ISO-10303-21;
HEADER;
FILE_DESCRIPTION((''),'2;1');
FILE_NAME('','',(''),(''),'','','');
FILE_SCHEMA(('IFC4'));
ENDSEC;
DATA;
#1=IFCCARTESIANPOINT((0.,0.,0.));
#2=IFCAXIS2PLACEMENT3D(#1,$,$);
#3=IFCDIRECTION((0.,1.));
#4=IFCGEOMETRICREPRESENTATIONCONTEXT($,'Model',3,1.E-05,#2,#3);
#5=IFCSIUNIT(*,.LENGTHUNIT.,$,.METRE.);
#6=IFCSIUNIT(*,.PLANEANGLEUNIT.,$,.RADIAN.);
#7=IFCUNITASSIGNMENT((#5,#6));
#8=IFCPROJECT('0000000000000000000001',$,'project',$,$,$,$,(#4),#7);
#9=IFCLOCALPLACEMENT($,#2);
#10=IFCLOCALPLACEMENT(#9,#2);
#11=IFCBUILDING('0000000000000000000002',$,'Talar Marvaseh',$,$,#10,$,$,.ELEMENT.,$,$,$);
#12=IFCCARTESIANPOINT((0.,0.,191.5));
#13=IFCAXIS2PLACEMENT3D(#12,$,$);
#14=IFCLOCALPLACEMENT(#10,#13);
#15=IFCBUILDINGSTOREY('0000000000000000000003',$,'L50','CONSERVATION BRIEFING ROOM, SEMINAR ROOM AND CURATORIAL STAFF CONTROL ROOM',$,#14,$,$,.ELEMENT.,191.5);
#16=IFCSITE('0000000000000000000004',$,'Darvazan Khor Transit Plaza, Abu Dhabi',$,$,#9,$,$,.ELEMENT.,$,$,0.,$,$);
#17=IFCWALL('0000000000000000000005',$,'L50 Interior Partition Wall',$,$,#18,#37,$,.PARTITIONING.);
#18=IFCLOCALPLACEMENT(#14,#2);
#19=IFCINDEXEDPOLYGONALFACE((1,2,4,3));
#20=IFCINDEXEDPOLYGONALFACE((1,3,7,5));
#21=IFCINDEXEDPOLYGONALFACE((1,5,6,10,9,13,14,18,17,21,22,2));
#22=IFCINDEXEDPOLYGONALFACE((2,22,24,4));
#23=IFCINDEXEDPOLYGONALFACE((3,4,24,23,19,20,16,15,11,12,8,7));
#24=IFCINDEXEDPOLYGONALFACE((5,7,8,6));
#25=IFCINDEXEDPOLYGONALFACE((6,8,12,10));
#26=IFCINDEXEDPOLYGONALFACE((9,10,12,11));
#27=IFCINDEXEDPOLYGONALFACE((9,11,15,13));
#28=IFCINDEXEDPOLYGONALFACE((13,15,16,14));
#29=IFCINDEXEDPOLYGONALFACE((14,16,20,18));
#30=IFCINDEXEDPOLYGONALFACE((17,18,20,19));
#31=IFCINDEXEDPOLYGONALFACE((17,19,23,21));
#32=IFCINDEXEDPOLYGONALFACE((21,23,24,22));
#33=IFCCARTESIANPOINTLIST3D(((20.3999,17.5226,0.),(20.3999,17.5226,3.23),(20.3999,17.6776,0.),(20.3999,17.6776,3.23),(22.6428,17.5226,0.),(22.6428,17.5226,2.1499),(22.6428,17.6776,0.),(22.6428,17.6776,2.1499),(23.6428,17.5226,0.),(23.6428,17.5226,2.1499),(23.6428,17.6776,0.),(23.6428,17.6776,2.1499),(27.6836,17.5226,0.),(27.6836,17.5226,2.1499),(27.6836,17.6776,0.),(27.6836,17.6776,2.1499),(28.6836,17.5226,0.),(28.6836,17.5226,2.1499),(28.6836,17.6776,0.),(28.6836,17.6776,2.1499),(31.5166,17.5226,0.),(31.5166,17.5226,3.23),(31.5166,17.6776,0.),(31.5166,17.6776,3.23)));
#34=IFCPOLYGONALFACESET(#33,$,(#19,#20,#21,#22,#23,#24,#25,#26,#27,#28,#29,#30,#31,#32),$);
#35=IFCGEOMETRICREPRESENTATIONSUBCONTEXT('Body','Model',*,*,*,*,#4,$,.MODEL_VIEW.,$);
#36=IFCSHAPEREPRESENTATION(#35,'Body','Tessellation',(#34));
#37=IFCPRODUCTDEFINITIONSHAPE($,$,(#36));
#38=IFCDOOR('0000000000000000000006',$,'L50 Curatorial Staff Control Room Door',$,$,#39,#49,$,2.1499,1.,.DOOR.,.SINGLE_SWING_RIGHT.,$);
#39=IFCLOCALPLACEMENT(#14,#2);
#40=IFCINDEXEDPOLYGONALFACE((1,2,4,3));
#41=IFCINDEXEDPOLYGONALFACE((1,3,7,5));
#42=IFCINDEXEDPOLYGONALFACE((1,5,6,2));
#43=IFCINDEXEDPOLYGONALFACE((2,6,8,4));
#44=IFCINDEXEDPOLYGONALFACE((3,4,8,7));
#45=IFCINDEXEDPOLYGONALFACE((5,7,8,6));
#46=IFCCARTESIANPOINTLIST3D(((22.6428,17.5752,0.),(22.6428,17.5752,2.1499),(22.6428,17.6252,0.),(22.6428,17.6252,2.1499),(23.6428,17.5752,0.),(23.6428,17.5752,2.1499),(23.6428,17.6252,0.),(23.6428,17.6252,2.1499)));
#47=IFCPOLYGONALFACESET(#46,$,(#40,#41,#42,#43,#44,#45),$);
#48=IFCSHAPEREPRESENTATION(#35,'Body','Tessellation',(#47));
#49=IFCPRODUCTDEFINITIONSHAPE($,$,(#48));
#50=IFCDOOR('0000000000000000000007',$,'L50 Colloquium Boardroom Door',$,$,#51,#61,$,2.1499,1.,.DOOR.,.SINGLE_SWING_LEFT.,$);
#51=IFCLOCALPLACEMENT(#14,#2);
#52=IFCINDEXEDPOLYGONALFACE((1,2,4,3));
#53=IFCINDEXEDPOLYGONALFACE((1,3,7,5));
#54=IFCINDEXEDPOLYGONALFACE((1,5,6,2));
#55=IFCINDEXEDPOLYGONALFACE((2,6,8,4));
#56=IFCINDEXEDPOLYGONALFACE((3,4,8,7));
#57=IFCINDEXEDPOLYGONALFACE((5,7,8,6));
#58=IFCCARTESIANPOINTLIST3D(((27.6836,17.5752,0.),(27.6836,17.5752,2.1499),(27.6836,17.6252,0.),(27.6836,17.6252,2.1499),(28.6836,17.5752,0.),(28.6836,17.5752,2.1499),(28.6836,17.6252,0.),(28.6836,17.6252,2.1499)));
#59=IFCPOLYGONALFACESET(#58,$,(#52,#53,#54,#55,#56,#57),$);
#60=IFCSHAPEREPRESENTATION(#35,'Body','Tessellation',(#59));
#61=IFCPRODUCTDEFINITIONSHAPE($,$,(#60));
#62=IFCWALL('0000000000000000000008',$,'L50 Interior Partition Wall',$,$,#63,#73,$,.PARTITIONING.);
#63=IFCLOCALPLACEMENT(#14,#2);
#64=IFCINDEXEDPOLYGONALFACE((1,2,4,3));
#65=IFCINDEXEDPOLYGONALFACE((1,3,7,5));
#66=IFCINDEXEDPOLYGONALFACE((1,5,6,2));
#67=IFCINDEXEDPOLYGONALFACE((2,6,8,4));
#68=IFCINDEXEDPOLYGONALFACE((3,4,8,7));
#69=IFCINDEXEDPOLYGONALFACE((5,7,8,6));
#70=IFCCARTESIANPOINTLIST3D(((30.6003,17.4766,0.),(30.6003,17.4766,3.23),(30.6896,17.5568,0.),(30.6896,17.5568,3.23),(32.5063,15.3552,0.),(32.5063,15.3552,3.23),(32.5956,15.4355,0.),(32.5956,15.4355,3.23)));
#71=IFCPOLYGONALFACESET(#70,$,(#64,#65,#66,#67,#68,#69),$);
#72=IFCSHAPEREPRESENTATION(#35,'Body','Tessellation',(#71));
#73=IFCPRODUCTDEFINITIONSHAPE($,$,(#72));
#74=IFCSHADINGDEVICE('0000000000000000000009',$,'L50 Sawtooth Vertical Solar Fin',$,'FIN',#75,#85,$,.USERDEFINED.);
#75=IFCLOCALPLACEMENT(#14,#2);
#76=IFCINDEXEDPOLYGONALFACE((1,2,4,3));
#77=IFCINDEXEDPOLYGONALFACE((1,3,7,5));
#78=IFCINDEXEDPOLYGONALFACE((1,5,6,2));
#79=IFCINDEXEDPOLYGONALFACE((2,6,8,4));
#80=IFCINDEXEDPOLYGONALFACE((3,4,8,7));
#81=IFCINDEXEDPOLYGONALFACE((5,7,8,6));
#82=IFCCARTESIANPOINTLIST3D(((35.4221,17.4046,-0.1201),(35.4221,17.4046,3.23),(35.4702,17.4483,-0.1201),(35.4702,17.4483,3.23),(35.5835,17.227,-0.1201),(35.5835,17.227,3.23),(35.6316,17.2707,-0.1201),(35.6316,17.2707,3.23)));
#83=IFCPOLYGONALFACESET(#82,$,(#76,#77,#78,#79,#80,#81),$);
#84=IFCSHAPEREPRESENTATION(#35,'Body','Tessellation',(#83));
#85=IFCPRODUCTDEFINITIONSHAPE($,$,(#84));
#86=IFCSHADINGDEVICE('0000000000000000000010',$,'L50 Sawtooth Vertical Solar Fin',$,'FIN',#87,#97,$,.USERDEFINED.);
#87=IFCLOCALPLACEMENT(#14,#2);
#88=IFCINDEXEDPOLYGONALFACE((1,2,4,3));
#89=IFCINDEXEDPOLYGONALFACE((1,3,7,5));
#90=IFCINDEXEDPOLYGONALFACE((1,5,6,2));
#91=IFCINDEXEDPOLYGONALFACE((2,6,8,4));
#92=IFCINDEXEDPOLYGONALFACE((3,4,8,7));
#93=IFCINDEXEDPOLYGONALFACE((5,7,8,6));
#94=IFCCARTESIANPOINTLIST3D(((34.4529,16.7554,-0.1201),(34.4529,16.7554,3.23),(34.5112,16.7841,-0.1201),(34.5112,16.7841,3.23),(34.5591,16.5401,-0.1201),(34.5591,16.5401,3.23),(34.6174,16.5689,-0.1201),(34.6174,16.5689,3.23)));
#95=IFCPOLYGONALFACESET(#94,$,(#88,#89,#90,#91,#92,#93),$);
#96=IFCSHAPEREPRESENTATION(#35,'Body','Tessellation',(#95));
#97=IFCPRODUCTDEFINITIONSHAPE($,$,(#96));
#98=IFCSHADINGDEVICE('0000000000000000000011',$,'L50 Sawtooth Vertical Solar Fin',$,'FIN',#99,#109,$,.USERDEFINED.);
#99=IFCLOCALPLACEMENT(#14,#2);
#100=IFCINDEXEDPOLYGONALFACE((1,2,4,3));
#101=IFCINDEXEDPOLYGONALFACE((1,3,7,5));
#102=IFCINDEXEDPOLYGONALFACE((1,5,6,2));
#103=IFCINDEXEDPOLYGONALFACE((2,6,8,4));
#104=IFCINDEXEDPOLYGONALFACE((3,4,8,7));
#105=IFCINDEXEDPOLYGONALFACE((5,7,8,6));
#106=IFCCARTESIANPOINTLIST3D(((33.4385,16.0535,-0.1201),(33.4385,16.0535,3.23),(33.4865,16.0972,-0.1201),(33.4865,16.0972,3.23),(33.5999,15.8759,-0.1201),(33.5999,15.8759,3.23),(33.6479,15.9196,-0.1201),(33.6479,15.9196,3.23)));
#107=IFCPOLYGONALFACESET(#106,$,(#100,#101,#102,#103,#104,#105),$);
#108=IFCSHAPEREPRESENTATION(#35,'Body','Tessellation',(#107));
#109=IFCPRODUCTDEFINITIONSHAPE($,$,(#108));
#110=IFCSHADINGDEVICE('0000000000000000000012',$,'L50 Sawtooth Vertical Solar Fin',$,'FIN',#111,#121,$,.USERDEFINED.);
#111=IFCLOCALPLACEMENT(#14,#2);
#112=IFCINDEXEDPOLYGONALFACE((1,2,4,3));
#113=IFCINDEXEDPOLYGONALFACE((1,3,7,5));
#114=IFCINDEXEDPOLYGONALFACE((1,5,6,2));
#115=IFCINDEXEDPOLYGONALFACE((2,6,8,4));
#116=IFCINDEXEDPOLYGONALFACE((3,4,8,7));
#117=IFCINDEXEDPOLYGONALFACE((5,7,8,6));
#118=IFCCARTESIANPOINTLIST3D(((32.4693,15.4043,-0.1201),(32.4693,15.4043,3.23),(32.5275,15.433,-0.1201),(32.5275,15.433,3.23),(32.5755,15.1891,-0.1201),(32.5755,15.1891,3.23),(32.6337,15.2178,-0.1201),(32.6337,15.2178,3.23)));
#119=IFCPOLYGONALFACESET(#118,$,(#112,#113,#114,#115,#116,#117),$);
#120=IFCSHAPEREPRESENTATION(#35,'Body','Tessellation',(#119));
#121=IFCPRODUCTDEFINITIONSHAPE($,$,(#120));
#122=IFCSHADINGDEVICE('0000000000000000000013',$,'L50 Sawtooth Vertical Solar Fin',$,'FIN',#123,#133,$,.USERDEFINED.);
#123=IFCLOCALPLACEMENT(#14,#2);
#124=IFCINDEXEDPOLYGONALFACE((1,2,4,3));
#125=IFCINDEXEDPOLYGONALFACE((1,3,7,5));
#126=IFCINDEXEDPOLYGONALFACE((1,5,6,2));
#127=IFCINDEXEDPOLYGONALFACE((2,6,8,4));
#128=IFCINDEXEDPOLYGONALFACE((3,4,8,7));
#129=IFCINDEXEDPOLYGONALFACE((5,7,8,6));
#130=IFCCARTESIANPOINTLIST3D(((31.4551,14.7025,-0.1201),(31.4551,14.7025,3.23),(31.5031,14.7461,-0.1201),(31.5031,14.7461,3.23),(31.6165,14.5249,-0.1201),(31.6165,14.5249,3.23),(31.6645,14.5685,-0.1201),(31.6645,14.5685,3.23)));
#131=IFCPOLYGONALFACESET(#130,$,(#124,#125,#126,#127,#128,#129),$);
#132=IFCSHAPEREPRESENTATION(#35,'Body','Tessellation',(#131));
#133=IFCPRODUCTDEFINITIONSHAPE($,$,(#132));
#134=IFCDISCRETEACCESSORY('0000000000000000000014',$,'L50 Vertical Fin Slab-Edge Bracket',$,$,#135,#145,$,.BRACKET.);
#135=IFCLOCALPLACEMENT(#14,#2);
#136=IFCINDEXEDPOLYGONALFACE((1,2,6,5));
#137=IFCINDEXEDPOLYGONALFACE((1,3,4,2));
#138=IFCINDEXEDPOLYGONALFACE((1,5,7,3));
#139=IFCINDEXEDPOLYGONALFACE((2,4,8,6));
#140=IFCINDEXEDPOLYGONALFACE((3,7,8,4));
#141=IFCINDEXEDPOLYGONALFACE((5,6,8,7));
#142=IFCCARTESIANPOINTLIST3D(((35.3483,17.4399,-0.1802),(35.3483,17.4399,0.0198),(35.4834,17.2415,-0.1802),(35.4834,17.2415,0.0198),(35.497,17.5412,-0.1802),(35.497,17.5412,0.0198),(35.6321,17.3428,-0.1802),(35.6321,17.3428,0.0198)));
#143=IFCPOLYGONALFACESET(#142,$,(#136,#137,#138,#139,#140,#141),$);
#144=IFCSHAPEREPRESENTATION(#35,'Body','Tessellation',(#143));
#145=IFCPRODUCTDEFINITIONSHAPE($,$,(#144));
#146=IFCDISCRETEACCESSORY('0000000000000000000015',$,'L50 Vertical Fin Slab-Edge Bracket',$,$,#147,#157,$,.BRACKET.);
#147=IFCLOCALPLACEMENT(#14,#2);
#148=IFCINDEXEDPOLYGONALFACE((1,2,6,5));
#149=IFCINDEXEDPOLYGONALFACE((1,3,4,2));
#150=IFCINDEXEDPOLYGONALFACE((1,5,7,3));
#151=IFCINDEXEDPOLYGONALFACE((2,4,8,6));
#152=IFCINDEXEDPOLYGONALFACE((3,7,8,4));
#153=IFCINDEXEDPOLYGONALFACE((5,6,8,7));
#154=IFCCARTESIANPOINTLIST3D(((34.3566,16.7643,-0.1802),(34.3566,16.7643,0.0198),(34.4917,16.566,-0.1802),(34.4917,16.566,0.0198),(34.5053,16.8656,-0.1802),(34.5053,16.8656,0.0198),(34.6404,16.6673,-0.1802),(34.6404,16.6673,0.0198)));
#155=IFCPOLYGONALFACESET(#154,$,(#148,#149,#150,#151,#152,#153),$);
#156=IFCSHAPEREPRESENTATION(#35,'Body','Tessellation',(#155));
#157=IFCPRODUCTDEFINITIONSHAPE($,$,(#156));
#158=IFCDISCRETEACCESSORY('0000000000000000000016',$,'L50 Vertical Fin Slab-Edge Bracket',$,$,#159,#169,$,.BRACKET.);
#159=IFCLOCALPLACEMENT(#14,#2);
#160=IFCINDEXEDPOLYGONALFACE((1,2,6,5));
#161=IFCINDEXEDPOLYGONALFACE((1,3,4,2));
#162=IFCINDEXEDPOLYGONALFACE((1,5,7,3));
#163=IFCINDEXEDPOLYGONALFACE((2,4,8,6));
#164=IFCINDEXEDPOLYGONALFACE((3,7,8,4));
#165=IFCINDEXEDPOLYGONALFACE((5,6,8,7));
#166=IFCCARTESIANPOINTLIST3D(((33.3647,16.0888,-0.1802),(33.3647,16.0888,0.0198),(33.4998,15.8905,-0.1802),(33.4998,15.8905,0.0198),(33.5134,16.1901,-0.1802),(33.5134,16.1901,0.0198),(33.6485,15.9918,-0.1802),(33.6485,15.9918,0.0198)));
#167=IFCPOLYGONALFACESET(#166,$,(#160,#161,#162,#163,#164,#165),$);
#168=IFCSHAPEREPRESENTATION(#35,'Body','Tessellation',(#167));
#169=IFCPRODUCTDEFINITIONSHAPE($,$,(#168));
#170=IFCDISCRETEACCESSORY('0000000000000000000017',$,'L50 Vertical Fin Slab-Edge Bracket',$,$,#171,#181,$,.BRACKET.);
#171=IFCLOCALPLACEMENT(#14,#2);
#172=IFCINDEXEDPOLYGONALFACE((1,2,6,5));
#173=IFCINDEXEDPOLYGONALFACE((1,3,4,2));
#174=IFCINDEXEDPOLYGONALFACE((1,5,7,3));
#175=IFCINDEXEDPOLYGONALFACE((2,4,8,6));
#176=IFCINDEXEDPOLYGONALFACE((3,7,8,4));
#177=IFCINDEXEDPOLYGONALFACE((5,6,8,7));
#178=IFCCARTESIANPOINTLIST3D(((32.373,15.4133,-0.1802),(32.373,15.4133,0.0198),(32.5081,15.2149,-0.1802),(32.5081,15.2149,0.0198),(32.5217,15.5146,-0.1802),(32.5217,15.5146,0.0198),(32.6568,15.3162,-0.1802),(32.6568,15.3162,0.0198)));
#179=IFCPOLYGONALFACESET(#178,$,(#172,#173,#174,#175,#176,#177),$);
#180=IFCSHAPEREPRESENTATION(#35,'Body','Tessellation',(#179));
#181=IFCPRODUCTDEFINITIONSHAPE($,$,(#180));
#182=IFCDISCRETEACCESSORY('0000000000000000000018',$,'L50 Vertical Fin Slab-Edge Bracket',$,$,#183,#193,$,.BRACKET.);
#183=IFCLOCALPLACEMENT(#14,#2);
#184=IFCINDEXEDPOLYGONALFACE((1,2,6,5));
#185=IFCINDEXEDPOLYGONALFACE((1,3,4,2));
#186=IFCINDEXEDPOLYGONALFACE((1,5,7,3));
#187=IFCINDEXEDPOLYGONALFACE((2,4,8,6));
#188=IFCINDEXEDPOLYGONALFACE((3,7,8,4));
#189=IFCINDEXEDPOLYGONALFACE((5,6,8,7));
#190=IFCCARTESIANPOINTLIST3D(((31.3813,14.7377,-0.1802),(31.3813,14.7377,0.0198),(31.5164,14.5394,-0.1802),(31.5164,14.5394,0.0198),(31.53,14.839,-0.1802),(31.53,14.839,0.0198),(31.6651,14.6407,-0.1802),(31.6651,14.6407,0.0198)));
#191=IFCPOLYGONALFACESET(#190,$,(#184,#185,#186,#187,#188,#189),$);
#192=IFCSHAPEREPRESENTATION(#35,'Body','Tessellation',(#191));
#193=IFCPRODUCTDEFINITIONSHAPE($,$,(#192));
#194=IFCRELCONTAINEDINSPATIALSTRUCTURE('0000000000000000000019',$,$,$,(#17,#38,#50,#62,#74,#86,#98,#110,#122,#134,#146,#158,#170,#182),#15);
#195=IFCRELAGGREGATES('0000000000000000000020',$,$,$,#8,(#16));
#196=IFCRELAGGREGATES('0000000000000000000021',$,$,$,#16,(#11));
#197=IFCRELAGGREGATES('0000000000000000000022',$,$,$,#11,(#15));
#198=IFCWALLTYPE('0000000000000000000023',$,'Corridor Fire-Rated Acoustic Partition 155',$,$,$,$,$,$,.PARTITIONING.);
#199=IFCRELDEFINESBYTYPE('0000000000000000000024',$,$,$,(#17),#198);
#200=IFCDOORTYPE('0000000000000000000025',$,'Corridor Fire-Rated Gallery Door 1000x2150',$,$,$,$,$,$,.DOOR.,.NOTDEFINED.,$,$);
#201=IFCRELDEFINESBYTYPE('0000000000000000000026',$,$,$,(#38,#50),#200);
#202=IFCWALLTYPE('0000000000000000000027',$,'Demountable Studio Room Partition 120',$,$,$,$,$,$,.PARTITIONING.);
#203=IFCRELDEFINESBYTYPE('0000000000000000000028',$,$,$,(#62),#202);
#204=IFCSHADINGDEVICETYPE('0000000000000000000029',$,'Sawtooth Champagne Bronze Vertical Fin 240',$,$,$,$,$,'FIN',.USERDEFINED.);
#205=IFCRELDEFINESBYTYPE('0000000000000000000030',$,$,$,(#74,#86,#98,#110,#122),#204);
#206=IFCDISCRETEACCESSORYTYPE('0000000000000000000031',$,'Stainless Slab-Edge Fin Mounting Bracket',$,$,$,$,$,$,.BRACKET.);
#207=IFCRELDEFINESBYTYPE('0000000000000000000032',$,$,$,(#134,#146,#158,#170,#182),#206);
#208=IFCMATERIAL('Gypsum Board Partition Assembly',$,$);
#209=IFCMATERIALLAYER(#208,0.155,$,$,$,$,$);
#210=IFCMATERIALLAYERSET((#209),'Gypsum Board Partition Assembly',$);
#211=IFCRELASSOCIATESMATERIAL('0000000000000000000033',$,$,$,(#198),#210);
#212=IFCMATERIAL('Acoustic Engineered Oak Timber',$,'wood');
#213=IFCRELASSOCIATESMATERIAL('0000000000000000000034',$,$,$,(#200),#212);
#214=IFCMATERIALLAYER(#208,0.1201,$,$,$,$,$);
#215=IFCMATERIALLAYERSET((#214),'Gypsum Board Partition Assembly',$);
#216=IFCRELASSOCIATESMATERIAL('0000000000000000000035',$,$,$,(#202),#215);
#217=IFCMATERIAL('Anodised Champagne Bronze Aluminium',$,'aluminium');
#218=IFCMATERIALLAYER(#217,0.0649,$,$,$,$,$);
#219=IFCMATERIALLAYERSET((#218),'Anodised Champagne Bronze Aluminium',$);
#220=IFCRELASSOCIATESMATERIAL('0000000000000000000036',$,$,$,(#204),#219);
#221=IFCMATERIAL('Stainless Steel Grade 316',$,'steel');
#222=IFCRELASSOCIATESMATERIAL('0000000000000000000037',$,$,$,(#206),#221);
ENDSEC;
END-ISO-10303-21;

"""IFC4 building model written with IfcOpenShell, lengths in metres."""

from ifc_helpers import new_model, si_unit, direction, frame, frame_2d, origin, origin_2d, place, context, subcontext, project, spatial, rectangle, extrude, source, transform, mapped, material, layer, layer_set, type_object, type_shapes, element, fill, save


model = new_model("IFC4")

# Units and contexts
model_context = context("Model", 3, precision=1e-05, world=origin(), true_north=direction((0.0, 1.0)))
body_context = subcontext(model_context, "Body", "Model", "MODEL_VIEW")
ifc_project = project(units=[si_unit("LENGTHUNIT", "METRE"), si_unit("PLANEANGLEUNIT", "RADIAN")], contexts=[model_context])

# Site, building, storey
site_placement = place(None, origin())
site = spatial("IfcSite", under=ifc_project, at=site_placement, Name="Darvazan Khor Transit Plaza, Abu Dhabi", CompositionType="ELEMENT", RefElevation=0.0)
building_placement = place(site_placement, origin())
building = spatial("IfcBuilding", under=site, at=building_placement, Name="Talar Marvaseh", CompositionType="ELEMENT")
storey_placement = place(building_placement, frame((0.0, 0.0, 191.5)))
storey = spatial("IfcBuildingStorey", under=building, at=storey_placement, Name="L50", Description="CONSERVATION BRIEFING ROOM, SEMINAR ROOM AND CURATORIAL STAFF CONTROL ROOM", CompositionType="ELEMENT", Elevation=191.5)

# Wall, openings, doors
ifc_material_1 = material(Name="Gypsum Board Partition Assembly")
ifc_layer_1 = layer(ifc_material_1, 0.155)
ifc_layer_set_1 = layer_set([ifc_layer_1], Name="Gypsum Board Partition Assembly")
wall_type_1 = type_object("IfcWallType", Name="Corridor Fire-Rated Acoustic Partition 155", PredefinedType="PARTITIONING", material=ifc_layer_set_1)
wall_1_placement = place(storey_placement, frame((31.5166, 17.6001, 0.0), z_axis=(0.0, 0.0, 1.0), x_axis=(-1.0, 0.0, 0.0)))
wall_1 = element("IfcWall", 1, at=wall_1_placement, inside=storey, type_object=wall_type_1, Name="L50 Interior Partition Wall", PredefinedType="PARTITIONING", context=body_context, shape_type="SweptSolid", body=[
    extrude(rectangle(XDim=11.1167, YDim=0.155, at=frame_2d((5.5583, 0.0))), origin(), (0.0, 0.0, 1.0), 3.23),
])
opening_1_placement = place(wall_1_placement, frame((7.8738, 0.0, 0.0)))
opening_1 = element("IfcOpeningElement", 2, at=opening_1_placement, cuts=wall_1, PredefinedType="OPENING", context=body_context, shape_type="SweptSolid", body=[
    extrude(rectangle(XDim=1.0, YDim=2.1499, at=frame_2d((0.5, 1.075))), frame((0.0, 0.0874, 0.0), z_axis=(0.0, -1.0, 0.0), x_axis=(1.0, 0.0, 0.0)), (0.0, 0.0, 1.0), 0.175),
])
opening_2_placement = place(wall_1_placement, frame((2.833, 0.0, 0.0)))
opening_2 = element("IfcOpeningElement", 3, at=opening_2_placement, cuts=wall_1, PredefinedType="OPENING", context=body_context, shape_type="SweptSolid", body=[
    extrude(rectangle(XDim=1.0, YDim=2.1499, at=frame_2d((0.5, 1.075))), frame((0.0, 0.0874, 0.0), z_axis=(0.0, -1.0, 0.0), x_axis=(1.0, 0.0, 0.0)), (0.0, 0.0, 1.0), 0.175),
])
ifc_material_2 = material(Name="Acoustic Engineered Oak Timber", Category="wood")
door_type = type_object("IfcDoorType", Name="Corridor Fire-Rated Gallery Door 1000x2150", OperationType="NOTDEFINED", PredefinedType="DOOR", material=ifc_material_2)
shared_shape_1 = source(origin(), body_context, "Body", "SweptSolid", [
    extrude(rectangle(XDim=1.0, YDim=2.1499, at=frame_2d((0.5, 1.075))), frame((0.0, 0.0249, 0.0), z_axis=(0.0, -1.0, 0.0), x_axis=(1.0, 0.0, 0.0)), (0.0, 0.0, 1.0), 0.05),
])
type_shapes(door_type, [shared_shape_1])
door_1_placement = place(opening_1_placement, origin())
door_1 = element("IfcDoor", 4, at=door_1_placement, inside=storey, type_object=door_type, Name="L50 Curatorial Staff Control Room Door", OperationType="SINGLE_SWING_RIGHT", OverallHeight=2.1499, OverallWidth=1.0, PredefinedType="DOOR", context=body_context, shape_type="MappedRepresentation", body=[
    mapped(shared_shape_1, transform((0.0, 0.0, 0.0), x_axis=(1.0, 0.0, 0.0), y_axis=(0.0, 1.0, 0.0), z_axis=(0.0, 0.0, 1.0), scale=1.0)),
])
fill(opening_1, door_1)
door_2_placement = place(opening_2_placement, origin())
door_2 = element("IfcDoor", 5, at=door_2_placement, inside=storey, type_object=door_type, Name="L50 Colloquium Boardroom Door", OperationType="SINGLE_SWING_LEFT", OverallHeight=2.1499, OverallWidth=1.0, PredefinedType="DOOR", context=body_context, shape_type="MappedRepresentation", body=[
    mapped(shared_shape_1, transform((0.0, 0.0, 0.0), x_axis=(1.0, 0.0, 0.0), y_axis=(0.0, 1.0, 0.0), z_axis=(0.0, 0.0, 1.0), scale=1.0)),
])
fill(opening_2, door_2)

# Wall
ifc_layer_2 = layer(ifc_material_1, 0.1201)
ifc_layer_set_2 = layer_set([ifc_layer_2], Name="Gypsum Board Partition Assembly")
wall_type_2 = type_object("IfcWallType", Name="Demountable Studio Room Partition 120", PredefinedType="PARTITIONING", material=ifc_layer_set_2)
wall_2_placement = place(storey_placement, frame((30.645, 17.5166, 0.0), z_axis=(0.0, 0.0, 1.0), x_axis=(0.668345, -0.743852, 0.0)))
element("IfcWall", 6, at=wall_2_placement, inside=storey, type_object=wall_type_2, Name="L50 Interior Partition Wall", PredefinedType="PARTITIONING", context=body_context, shape_type="SweptSolid", body=[
    extrude(rectangle(XDim=2.8518, YDim=0.1201, at=frame_2d((1.4258, 0.0))), origin(), (0.0, 0.0, 1.0), 3.23),
])

# Shading devices
ifc_material_3 = material(Name="Anodised Champagne Bronze Aluminium", Category="aluminium")
ifc_layer_3 = layer(ifc_material_3, 0.0649)
ifc_layer_set_3 = layer_set([ifc_layer_3], Name="Anodised Champagne Bronze Aluminium")
shading_device_type = type_object("IfcShadingDeviceType", Name="Sawtooth Champagne Bronze Vertical Fin 240", ElementType="FIN", PredefinedType="USERDEFINED", material=ifc_layer_set_3)
shared_shape_2 = source(origin(), body_context, "Body", "SweptSolid", [
    extrude(rectangle(XDim=0.24, YDim=0.0649, at=origin_2d()), origin(), (0.0, 0.0, 1.0), 3.3501),
])
type_shapes(shading_device_type, [shared_shape_2])
for number, where, z_axis, x_axis, name in (
    (7, (35.5269, 17.3376, -0.1201), (0.0, 0.0, 1.0), (0.672496, -0.740101, 0.0), "L50 Sawtooth Vertical Solar Fin"),
    (8, (34.5352, 16.6621, -0.1201), (0.0, 0.0, 1.0), (0.442445, -0.896796, 0.0), "L50 Sawtooth Vertical Solar Fin"),
    (9, (33.5432, 15.9866, -0.1201), (0.0, 0.0, 1.0), (0.672496, -0.740101, 0.0), "L50 Sawtooth Vertical Solar Fin"),
    (10, (32.5515, 15.311, -0.1201), (0.0, 0.0, 1.0), (0.442445, -0.896796, 0.0), "L50 Sawtooth Vertical Solar Fin"),
    (11, (31.5598, 14.6355, -0.1201), (0.0, 0.0, 1.0), (0.672496, -0.740101, 0.0), "L50 Sawtooth Vertical Solar Fin"),
):
    element("IfcShadingDevice", number, at=place(storey_placement, frame(where, z_axis=z_axis, x_axis=x_axis)), inside=storey, type_object=shading_device_type, Name=name, ObjectType="FIN", PredefinedType="USERDEFINED", context=body_context, shape_type="MappedRepresentation", body=[
        mapped(shared_shape_2, transform((0.0, 0.0, 0.0), x_axis=(1.0, 0.0, 0.0), y_axis=(0.0, 1.0, 0.0), z_axis=(0.0, 0.0, 1.0), scale=1.0)),
    ])

# Discrete accessories
ifc_material_4 = material(Name="Stainless Steel Grade 316", Category="steel")
discrete_accessory_type = type_object("IfcDiscreteAccessoryType", Name="Stainless Slab-Edge Fin Mounting Bracket", PredefinedType="BRACKET", material=ifc_material_4)
shared_shape_3 = source(origin(), body_context, "Body", "SweptSolid", [
    extrude(rectangle(XDim=0.24, YDim=0.1799, at=origin_2d()), origin(), (0.0, 0.0, 1.0), 0.2),
])
type_shapes(discrete_accessory_type, [shared_shape_3])
for number, where, z_axis, x_axis, name in (
    (12, (35.4902, 17.3914, -0.1802), (0.0, 0.0, 1.0), (0.562949, -0.826492, 0.0), "L50 Vertical Fin Slab-Edge Bracket"),
    (13, (34.4985, 16.7158, -0.1802), (0.0, 0.0, 1.0), (0.562949, -0.826492, 0.0), "L50 Vertical Fin Slab-Edge Bracket"),
    (14, (33.5066, 16.0403, -0.1802), (0.0, 0.0, 1.0), (0.562949, -0.826492, 0.0), "L50 Vertical Fin Slab-Edge Bracket"),
    (15, (32.5149, 15.3647, -0.1802), (0.0, 0.0, 1.0), (0.562949, -0.826492, 0.0), "L50 Vertical Fin Slab-Edge Bracket"),
    (16, (31.5232, 14.6892, -0.1802), (0.0, 0.0, 1.0), (0.562949, -0.826492, 0.0), "L50 Vertical Fin Slab-Edge Bracket"),
):
    element("IfcDiscreteAccessory", number, at=place(storey_placement, frame(where, z_axis=z_axis, x_axis=x_axis)), inside=storey, type_object=discrete_accessory_type, Name=name, PredefinedType="BRACKET", context=body_context, shape_type="MappedRepresentation", body=[
        mapped(shared_shape_3, transform((0.0, 0.0, 0.0), x_axis=(1.0, 0.0, 0.0), y_axis=(0.0, 1.0, 0.0), z_axis=(0.0, 0.0, 1.0), scale=1.0)),
    ])

save(model, "model.ifc")
